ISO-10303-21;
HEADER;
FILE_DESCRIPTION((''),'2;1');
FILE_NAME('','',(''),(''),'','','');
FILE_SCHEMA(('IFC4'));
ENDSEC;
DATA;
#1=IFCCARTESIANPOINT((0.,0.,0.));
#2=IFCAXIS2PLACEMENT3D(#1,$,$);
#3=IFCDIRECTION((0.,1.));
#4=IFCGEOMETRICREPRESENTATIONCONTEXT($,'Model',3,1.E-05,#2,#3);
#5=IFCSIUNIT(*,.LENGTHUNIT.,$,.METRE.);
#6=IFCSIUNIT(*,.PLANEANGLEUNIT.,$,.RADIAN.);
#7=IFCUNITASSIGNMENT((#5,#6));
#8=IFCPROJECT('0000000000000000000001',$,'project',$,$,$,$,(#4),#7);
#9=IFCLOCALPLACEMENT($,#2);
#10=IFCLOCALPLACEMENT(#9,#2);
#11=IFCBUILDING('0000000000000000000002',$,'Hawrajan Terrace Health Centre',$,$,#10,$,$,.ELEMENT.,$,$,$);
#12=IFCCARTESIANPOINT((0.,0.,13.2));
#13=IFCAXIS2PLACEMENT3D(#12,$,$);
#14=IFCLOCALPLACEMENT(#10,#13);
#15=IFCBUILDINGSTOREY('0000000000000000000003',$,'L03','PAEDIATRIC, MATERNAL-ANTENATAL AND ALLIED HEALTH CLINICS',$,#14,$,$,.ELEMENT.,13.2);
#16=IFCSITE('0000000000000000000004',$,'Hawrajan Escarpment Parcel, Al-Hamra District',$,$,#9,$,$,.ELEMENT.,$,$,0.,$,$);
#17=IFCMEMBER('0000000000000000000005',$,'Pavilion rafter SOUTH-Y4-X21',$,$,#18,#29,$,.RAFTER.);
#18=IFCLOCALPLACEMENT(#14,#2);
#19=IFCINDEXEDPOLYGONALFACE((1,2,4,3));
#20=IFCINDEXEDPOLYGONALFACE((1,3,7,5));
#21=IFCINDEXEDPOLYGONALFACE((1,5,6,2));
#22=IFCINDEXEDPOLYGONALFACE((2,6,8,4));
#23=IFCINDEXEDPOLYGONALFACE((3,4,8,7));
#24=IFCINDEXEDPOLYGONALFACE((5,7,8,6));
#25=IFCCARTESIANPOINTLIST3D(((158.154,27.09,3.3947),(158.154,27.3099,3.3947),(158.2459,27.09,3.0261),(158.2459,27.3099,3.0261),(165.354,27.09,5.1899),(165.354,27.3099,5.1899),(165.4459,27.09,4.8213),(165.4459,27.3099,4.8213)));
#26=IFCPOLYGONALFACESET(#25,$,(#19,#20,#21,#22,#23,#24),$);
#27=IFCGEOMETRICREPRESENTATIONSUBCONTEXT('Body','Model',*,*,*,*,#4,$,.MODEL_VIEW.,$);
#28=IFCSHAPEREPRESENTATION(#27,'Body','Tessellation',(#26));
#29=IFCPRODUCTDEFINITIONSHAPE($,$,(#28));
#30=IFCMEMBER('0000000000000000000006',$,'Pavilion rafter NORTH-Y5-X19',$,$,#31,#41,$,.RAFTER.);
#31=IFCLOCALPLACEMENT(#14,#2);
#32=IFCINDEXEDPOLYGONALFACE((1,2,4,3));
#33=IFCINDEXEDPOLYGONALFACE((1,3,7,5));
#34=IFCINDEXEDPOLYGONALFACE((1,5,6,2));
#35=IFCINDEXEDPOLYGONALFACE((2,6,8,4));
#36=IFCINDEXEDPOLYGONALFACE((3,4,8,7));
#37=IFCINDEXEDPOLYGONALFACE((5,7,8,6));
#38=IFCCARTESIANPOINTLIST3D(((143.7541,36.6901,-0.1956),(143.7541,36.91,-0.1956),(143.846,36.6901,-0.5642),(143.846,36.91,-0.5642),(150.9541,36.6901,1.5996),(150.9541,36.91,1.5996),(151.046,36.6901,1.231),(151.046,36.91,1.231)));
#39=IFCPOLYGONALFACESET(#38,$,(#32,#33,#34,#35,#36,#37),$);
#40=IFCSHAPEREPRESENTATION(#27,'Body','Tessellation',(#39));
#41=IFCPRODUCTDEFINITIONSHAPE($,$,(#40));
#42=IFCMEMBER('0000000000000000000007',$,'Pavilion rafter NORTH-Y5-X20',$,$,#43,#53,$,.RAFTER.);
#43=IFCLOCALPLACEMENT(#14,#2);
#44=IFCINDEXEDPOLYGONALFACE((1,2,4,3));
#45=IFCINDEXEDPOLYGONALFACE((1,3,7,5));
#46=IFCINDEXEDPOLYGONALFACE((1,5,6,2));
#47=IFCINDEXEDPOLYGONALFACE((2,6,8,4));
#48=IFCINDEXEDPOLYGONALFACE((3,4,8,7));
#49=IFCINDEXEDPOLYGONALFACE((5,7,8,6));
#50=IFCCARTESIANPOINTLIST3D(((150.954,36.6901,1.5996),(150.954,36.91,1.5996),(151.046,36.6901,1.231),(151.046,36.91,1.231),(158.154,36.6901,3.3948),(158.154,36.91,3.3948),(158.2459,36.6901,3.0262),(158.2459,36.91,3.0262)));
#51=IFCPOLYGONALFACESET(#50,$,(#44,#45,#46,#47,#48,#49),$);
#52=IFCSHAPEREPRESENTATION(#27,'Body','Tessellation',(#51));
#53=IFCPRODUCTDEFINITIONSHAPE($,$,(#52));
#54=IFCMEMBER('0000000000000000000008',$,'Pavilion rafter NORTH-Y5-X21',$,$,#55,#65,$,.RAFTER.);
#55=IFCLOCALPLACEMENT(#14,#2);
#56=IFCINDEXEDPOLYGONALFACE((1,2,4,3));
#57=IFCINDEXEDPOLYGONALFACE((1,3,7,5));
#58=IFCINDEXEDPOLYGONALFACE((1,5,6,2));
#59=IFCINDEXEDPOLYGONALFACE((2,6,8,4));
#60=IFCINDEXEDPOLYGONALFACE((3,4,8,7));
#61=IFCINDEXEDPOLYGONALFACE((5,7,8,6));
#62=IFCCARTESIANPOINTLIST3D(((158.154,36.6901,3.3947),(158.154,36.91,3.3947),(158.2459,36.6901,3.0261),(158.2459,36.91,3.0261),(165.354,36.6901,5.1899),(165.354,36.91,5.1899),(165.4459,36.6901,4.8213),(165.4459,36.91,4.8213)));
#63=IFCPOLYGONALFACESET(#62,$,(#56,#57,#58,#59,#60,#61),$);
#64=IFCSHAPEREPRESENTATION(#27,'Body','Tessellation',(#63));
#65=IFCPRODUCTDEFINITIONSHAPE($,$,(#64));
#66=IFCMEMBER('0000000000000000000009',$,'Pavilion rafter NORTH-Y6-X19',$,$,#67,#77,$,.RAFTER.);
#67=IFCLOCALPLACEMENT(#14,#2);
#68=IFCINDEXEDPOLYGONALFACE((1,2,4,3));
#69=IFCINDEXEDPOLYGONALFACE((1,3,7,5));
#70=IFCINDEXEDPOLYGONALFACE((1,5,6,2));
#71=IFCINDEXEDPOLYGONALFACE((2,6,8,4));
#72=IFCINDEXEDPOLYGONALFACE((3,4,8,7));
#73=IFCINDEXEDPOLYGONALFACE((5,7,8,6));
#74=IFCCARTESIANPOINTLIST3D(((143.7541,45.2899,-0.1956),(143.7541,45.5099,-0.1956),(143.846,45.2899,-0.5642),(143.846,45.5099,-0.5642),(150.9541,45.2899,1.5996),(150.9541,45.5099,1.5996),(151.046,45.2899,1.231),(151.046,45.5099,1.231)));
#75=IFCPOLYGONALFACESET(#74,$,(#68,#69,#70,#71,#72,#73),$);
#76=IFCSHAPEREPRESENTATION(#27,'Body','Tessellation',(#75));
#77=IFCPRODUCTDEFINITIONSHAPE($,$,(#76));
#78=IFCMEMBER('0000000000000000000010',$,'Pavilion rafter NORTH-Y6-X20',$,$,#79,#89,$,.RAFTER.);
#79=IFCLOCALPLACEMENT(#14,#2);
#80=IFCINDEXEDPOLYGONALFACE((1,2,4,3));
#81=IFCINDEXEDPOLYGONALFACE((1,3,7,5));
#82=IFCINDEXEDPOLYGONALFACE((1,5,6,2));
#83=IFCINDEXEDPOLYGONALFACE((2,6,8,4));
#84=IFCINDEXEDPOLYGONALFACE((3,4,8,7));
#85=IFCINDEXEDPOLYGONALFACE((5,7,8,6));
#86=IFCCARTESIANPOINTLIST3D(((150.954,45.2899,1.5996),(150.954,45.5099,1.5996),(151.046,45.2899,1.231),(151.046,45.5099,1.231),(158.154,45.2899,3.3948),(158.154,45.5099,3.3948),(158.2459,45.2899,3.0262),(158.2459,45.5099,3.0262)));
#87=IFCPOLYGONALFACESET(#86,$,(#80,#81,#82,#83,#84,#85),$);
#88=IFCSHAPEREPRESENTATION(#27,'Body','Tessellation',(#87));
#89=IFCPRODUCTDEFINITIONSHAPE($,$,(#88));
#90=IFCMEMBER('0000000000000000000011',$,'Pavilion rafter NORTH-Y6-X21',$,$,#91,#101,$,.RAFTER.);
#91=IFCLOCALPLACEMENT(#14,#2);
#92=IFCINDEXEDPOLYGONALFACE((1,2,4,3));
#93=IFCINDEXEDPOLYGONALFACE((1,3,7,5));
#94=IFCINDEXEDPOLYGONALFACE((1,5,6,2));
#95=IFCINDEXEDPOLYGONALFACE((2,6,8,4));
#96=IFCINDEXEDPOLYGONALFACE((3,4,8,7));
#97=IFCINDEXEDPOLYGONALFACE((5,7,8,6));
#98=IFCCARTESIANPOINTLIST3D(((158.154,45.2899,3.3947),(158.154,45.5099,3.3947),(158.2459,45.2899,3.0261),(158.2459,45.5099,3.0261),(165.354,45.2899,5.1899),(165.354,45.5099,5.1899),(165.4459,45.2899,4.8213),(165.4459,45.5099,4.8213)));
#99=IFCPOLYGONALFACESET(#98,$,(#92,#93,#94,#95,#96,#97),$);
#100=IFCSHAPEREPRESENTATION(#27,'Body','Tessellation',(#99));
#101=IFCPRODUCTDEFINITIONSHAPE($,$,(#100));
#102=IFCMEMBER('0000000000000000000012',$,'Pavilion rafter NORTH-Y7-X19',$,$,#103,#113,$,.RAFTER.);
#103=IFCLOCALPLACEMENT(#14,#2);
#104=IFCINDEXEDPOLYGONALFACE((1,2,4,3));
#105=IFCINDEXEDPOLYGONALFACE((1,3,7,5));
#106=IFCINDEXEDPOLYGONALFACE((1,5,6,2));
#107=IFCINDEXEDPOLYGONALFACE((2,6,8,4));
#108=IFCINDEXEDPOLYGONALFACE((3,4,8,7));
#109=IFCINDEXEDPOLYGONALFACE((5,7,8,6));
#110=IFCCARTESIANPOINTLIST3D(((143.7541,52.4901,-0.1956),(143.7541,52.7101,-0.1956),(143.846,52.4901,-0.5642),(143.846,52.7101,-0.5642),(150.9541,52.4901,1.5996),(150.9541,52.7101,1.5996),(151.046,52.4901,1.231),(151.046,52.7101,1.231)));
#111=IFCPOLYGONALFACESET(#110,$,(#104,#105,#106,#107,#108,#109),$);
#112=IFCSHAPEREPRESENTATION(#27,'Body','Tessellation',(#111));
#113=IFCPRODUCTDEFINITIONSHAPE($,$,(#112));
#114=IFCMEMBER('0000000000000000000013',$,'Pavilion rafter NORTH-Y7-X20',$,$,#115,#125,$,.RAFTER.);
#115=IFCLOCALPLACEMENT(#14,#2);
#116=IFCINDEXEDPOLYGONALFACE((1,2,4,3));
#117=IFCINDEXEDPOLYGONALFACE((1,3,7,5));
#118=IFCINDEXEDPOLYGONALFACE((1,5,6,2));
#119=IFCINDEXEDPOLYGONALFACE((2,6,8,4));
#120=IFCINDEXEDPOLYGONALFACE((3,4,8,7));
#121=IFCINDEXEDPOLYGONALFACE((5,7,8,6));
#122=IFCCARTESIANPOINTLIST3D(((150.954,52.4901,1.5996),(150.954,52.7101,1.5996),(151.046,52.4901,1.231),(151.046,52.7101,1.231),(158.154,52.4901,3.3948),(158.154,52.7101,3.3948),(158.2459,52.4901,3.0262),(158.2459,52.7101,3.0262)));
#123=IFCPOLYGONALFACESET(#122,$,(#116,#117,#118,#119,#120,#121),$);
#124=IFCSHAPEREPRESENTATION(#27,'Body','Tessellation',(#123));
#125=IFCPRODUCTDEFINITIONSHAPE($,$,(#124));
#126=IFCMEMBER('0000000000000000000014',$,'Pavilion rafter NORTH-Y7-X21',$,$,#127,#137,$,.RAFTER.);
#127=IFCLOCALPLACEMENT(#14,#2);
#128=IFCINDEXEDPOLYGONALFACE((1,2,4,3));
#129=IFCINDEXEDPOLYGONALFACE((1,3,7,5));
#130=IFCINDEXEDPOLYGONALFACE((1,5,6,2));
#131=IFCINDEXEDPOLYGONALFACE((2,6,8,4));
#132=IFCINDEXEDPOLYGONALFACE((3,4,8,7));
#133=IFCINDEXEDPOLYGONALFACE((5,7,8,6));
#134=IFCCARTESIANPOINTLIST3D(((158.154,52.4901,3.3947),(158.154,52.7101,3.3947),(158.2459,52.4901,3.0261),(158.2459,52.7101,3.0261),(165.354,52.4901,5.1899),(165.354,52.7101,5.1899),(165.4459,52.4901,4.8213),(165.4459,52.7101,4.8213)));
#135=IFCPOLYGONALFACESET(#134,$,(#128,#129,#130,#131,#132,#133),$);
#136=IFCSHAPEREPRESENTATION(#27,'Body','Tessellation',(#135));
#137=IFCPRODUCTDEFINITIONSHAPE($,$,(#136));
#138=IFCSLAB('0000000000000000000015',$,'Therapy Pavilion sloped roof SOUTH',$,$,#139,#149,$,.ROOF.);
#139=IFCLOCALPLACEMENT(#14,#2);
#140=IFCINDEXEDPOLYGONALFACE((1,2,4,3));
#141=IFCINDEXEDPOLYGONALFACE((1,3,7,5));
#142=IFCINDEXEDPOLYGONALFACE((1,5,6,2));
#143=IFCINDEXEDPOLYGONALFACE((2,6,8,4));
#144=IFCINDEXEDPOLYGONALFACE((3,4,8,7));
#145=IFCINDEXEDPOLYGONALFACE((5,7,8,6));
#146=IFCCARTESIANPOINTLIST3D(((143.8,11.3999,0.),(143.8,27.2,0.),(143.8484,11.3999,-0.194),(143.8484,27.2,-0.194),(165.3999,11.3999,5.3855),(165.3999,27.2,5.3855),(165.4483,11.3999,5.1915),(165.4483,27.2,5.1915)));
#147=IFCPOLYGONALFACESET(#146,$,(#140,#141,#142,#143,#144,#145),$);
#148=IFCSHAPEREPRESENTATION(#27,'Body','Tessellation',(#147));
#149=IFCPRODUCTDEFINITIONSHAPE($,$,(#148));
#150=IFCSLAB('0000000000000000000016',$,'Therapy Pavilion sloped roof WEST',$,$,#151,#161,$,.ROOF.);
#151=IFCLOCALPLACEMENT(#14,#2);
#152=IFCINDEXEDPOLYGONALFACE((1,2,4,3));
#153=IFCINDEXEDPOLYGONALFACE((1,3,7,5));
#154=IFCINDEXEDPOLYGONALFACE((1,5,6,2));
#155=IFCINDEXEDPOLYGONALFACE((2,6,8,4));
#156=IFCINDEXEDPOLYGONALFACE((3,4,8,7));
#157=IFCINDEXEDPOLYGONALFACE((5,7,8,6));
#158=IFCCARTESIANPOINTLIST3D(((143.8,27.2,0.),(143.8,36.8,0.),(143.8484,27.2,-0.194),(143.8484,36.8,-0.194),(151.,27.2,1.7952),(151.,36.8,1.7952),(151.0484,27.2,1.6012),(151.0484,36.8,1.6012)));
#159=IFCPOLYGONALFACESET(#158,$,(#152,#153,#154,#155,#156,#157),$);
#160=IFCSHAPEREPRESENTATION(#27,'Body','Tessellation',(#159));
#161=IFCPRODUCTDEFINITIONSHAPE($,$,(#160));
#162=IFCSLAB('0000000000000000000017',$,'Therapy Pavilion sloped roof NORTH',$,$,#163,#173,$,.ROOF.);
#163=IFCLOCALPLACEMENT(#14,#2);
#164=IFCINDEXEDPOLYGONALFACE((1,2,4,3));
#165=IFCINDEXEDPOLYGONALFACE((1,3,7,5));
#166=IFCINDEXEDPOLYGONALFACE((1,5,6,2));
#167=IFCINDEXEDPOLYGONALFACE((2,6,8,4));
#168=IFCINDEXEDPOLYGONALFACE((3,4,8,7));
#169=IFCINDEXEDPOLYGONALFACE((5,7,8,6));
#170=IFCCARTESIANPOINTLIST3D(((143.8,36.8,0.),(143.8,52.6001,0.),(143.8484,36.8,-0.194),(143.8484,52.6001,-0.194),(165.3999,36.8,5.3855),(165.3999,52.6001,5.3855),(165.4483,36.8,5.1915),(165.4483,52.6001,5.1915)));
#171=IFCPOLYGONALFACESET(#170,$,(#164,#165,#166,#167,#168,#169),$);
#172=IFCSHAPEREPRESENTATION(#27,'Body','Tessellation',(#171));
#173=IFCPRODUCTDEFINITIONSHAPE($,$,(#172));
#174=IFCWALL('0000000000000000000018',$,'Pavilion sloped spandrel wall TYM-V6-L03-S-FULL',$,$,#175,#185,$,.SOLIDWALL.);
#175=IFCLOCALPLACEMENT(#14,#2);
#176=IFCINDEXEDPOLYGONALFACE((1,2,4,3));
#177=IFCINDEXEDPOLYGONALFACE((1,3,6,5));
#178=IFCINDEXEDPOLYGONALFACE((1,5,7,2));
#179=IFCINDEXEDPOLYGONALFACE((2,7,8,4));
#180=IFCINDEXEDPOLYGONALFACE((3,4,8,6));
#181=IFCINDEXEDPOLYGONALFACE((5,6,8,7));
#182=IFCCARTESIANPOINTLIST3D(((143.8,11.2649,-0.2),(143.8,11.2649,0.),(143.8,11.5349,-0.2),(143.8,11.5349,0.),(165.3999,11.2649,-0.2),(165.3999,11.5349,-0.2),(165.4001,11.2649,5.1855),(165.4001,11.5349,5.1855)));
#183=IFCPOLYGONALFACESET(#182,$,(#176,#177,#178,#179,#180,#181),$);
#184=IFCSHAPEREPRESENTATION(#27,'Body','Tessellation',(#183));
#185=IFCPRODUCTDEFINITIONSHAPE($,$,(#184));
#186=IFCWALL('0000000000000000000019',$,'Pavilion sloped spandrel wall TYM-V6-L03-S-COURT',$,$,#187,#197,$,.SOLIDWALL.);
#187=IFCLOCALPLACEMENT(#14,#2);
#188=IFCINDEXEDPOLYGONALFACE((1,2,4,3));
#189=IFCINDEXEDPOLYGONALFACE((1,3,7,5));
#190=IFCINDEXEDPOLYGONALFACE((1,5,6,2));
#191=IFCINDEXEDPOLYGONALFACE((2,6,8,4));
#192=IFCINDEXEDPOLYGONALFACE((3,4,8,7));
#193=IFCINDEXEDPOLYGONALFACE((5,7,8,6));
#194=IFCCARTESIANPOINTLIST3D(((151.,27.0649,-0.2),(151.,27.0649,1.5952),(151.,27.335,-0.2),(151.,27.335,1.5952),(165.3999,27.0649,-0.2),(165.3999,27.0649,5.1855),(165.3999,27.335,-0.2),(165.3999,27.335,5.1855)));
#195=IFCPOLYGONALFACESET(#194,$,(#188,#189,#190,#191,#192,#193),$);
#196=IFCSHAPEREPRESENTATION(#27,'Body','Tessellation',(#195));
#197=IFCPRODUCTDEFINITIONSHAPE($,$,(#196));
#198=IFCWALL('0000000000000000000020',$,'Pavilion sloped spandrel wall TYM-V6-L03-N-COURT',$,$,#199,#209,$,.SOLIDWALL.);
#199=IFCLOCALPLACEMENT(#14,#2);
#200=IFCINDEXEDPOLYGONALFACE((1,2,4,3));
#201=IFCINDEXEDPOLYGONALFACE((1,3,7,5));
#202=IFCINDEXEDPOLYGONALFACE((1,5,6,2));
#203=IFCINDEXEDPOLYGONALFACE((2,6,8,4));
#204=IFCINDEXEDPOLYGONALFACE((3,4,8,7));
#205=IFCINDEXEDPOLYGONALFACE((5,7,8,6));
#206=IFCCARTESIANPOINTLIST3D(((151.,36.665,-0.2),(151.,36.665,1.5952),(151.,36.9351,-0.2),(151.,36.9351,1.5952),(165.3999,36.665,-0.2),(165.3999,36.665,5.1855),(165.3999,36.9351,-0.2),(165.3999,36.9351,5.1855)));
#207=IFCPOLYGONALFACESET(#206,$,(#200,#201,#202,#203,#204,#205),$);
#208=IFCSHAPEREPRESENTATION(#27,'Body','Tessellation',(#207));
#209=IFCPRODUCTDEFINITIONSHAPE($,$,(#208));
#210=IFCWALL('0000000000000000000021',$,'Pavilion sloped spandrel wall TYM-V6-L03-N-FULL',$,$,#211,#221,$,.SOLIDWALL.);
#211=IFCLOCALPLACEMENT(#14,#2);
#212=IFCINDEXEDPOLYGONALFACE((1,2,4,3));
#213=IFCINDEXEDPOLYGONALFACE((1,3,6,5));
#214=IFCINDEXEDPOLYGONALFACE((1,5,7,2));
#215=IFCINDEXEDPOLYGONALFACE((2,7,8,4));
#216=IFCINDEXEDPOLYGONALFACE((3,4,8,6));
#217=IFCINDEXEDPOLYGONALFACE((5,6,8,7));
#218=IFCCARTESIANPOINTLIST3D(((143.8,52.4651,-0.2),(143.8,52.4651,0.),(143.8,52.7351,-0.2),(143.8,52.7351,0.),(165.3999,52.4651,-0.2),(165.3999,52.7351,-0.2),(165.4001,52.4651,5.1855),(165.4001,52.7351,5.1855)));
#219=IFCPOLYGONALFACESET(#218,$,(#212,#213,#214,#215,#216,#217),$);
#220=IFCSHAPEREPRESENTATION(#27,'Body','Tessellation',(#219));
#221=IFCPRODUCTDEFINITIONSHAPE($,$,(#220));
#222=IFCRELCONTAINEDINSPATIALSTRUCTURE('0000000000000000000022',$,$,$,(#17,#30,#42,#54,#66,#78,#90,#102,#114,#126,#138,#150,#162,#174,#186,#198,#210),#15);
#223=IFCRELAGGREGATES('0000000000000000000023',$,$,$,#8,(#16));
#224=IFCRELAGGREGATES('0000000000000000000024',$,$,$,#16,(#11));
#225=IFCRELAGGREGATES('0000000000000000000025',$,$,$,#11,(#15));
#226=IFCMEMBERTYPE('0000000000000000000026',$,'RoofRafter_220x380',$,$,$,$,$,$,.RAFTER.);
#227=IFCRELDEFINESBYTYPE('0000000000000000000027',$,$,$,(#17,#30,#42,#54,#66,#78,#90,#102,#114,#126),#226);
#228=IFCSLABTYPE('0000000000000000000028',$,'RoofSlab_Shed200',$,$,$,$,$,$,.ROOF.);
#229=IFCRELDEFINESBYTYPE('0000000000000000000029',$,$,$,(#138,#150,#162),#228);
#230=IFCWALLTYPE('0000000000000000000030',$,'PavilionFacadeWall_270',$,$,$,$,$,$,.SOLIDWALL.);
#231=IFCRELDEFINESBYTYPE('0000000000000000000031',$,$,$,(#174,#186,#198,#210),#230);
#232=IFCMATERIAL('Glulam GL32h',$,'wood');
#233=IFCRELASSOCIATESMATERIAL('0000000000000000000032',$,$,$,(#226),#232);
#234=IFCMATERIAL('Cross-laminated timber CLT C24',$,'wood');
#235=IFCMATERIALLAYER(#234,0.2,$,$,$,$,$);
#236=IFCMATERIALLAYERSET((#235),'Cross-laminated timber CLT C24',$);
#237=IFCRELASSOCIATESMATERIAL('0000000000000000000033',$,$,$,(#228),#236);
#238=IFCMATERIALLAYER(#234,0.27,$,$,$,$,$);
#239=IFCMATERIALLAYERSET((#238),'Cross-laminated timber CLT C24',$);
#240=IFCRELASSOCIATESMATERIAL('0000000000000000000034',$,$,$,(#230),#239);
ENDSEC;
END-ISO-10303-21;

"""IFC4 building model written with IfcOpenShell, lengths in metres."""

from ifc_helpers import new_model, si_unit, direction, frame, origin, origin_2d, place, context, subcontext, project, spatial, polyline, rectangle, outline, extrude, material, layer, layer_set, material_profile, profile_set, type_object, element, save


model = new_model("IFC4")

# Units and contexts
model_context = context("Model", 3, precision=1e-05, world=origin(), true_north=direction((0.0, 1.0)))
body_context = subcontext(model_context, "Body", "Model", "MODEL_VIEW")
ifc_project = project(units=[si_unit("LENGTHUNIT", "METRE"), si_unit("PLANEANGLEUNIT", "RADIAN")], contexts=[model_context])

# Site, building, storey
site_placement = place(None, origin())
site = spatial("IfcSite", under=ifc_project, at=site_placement, Name="Hawrajan Escarpment Parcel, Al-Hamra District", CompositionType="ELEMENT", RefElevation=0.0)
building_placement = place(site_placement, origin())
building = spatial("IfcBuilding", under=site, at=building_placement, Name="Hawrajan Terrace Health Centre", CompositionType="ELEMENT")
storey_placement = place(building_placement, frame((0.0, 0.0, 13.2)))
storey = spatial("IfcBuildingStorey", under=building, at=storey_placement, Name="L03", Description="PAEDIATRIC, MATERNAL-ANTENATAL AND ALLIED HEALTH CLINICS", CompositionType="ELEMENT", Elevation=13.2)

# Shared definitions
ifc_material_1 = material(Name="Glulam GL32h", Category="wood")

# Members
ifc_material_profile_1 = material_profile(ifc_material_1, rectangle(XDim=0.22, YDim=0.3799, at=origin_2d()), Name="GL CHD 220x380")
ifc_profile_set_1 = profile_set([ifc_material_profile_1], Name="Glulam GL32h")
member_type = type_object("IfcMemberType", Name="RoofRafter_220x380", PredefinedType="RAFTER", material=ifc_profile_set_1)
for number, where, z_axis, x_axis, name in (
    (1, (158.2, 27.2, 3.2104), (0.970295, 0.0, 0.241924), (0.0, 1.0, 0.0), "Pavilion rafter SOUTH-Y4-X21"),
    (2, (143.8, 36.8, -0.3799), (0.970295, 0.0, 0.241924), (0.0, 1.0, 0.0), "Pavilion rafter NORTH-Y5-X19"),
    (3, (151.0, 36.8, 1.4153), (0.970295, 0.0, 0.241924), (0.0, 1.0, 0.0), "Pavilion rafter NORTH-Y5-X20"),
    (4, (158.2, 36.8, 3.2104), (0.970295, 0.0, 0.241924), (0.0, 1.0, 0.0), "Pavilion rafter NORTH-Y5-X21"),
    (5, (143.8, 45.3999, -0.3799), (0.970295, 0.0, 0.241924), (0.0, 1.0, 0.0), "Pavilion rafter NORTH-Y6-X19"),
    (6, (151.0, 45.3999, 1.4153), (0.970295, 0.0, 0.241924), (0.0, 1.0, 0.0), "Pavilion rafter NORTH-Y6-X20"),
    (7, (158.2, 45.3999, 3.2104), (0.970295, 0.0, 0.241924), (0.0, 1.0, 0.0), "Pavilion rafter NORTH-Y6-X21"),
    (8, (143.8, 52.6001, -0.3799), (0.970295, 0.0, 0.241924), (0.0, 1.0, 0.0), "Pavilion rafter NORTH-Y7-X19"),
    (9, (151.0, 52.6001, 1.4153), (0.970295, 0.0, 0.241924), (0.0, 1.0, 0.0), "Pavilion rafter NORTH-Y7-X20"),
    (10, (158.2, 52.6001, 3.2104), (0.970295, 0.0, 0.241924), (0.0, 1.0, 0.0), "Pavilion rafter NORTH-Y7-X21"),
):
    element("IfcMember", number, at=place(storey_placement, frame(where, z_axis=z_axis, x_axis=x_axis)), inside=storey, type_object=member_type, Name=name, PredefinedType="RAFTER", context=body_context, shape_type="SweptSolid", body=[
        extrude(rectangle(XDim=0.22, YDim=0.3799, at=origin_2d()), origin(), (0.0, 0.0, 1.0), 7.4204),
    ])

# Slabs
ifc_material_2 = material(Name="Cross-laminated timber CLT C24", Category="wood")
ifc_layer_1 = layer(ifc_material_2, 0.2)
ifc_layer_set_1 = layer_set([ifc_layer_1], Name="Cross-laminated timber CLT C24")
slab_type = type_object("IfcSlabType", Name="RoofSlab_Shed200", PredefinedType="ROOF", material=ifc_layer_set_1)
slab_1_placement = place(storey_placement, frame((143.8, 11.3999, 0.0), z_axis=(-0.241924, 0.0, 0.970295), x_axis=(0.970295, 0.0, 0.241924)))
element("IfcSlab", 11, at=slab_1_placement, inside=storey, type_object=slab_type, Name="Therapy Pavilion sloped roof SOUTH", PredefinedType="ROOF", context=body_context, shape_type="SweptSolid", body=[
    extrude(outline(polyline([(0.0, 0.0), (22.2611, 0.0), (22.2611, 15.8), (0.0, 15.8), (0.0, 0.0)])), origin(), (0.0, 0.0, -1.0), 0.2),
])
slab_2_placement = place(storey_placement, frame((143.8, 27.2, 0.0), z_axis=(-0.241924, 0.0, 0.970295), x_axis=(0.970295, 0.0, 0.241924)))
element("IfcSlab", 12, at=slab_2_placement, inside=storey, type_object=slab_type, Name="Therapy Pavilion sloped roof WEST", PredefinedType="ROOF", context=body_context, shape_type="SweptSolid", body=[
    extrude(outline(polyline([(0.0, 0.0), (7.4204, 0.0), (7.4204, 9.6001), (0.0, 9.6001), (0.0, 0.0)])), origin(), (0.0, 0.0, -1.0), 0.2),
])
slab_3_placement = place(storey_placement, frame((143.8, 36.8, 0.0), z_axis=(-0.241924, 0.0, 0.970295), x_axis=(0.970295, 0.0, 0.241924)))
element("IfcSlab", 13, at=slab_3_placement, inside=storey, type_object=slab_type, Name="Therapy Pavilion sloped roof NORTH", PredefinedType="ROOF", context=body_context, shape_type="SweptSolid", body=[
    extrude(outline(polyline([(0.0, 0.0), (22.2611, 0.0), (22.2611, 15.8), (0.0, 15.8), (0.0, 0.0)])), origin(), (0.0, 0.0, -1.0), 0.2),
])

# Walls
ifc_layer_2 = layer(ifc_material_2, 0.27)
ifc_layer_set_2 = layer_set([ifc_layer_2], Name="Cross-laminated timber CLT C24")
wall_type = type_object("IfcWallType", Name="PavilionFacadeWall_270", PredefinedType="SOLIDWALL", material=ifc_layer_set_2)
wall_1_placement = place(storey_placement, frame((143.8, 11.3999, -0.2), z_axis=(0.0, 0.0, 1.0), x_axis=(1.0, 0.0, 0.0)))
element("IfcWall", 14, at=wall_1_placement, inside=storey, type_object=wall_type, Name="Pavilion sloped spandrel wall TYM-V6-L03-S-FULL", PredefinedType="SOLIDWALL", context=body_context, shape_type="SweptSolid", body=[
    extrude(outline(polyline([(0.0, 0.0), (21.5999, 0.0), (21.6001, 5.3855), (0.0, 0.2), (0.0, 0.0)])), frame((0.0, 0.135, 0.0), z_axis=(0.0, -1.0, 0.0), x_axis=(1.0, 0.0, 0.0)), (0.0, 0.0, 1.0), 0.27),
])
for number, where, z_axis, x_axis, name in (
    (15, (151.0, 27.2, -0.2), (0.0, 0.0, 1.0), (1.0, 0.0, 0.0), "Pavilion sloped spandrel wall TYM-V6-L03-S-COURT"),
    (16, (151.0, 36.8, -0.2), (0.0, 0.0, 1.0), (1.0, 0.0, 0.0), "Pavilion sloped spandrel wall TYM-V6-L03-N-COURT"),
):
    element("IfcWall", number, at=place(storey_placement, frame(where, z_axis=z_axis, x_axis=x_axis)), inside=storey, type_object=wall_type, Name=name, PredefinedType="SOLIDWALL", context=body_context, shape_type="SweptSolid", body=[
        extrude(outline(polyline([(0.0, 0.0), (14.3999, 0.0), (14.3999, 5.3855), (0.0, 1.7952), (0.0, 0.0)])), frame((0.0, 0.135, 0.0), z_axis=(0.0, -1.0, 0.0), x_axis=(1.0, 0.0, 0.0)), (0.0, 0.0, 1.0), 0.27),
    ])
wall_2_placement = place(storey_placement, frame((143.8, 52.6001, -0.2), z_axis=(0.0, 0.0, 1.0), x_axis=(1.0, 0.0, 0.0)))
element("IfcWall", 17, at=wall_2_placement, inside=storey, type_object=wall_type, Name="Pavilion sloped spandrel wall TYM-V6-L03-N-FULL", PredefinedType="SOLIDWALL", context=body_context, shape_type="SweptSolid", body=[
    extrude(outline(polyline([(0.0, 0.0), (21.5999, 0.0), (21.6001, 5.3855), (0.0, 0.2), (0.0, 0.0)])), frame((0.0, 0.135, 0.0), z_axis=(0.0, -1.0, 0.0), x_axis=(1.0, 0.0, 0.0)), (0.0, 0.0, 1.0), 0.27),
])

save(model, "model.ifc")
